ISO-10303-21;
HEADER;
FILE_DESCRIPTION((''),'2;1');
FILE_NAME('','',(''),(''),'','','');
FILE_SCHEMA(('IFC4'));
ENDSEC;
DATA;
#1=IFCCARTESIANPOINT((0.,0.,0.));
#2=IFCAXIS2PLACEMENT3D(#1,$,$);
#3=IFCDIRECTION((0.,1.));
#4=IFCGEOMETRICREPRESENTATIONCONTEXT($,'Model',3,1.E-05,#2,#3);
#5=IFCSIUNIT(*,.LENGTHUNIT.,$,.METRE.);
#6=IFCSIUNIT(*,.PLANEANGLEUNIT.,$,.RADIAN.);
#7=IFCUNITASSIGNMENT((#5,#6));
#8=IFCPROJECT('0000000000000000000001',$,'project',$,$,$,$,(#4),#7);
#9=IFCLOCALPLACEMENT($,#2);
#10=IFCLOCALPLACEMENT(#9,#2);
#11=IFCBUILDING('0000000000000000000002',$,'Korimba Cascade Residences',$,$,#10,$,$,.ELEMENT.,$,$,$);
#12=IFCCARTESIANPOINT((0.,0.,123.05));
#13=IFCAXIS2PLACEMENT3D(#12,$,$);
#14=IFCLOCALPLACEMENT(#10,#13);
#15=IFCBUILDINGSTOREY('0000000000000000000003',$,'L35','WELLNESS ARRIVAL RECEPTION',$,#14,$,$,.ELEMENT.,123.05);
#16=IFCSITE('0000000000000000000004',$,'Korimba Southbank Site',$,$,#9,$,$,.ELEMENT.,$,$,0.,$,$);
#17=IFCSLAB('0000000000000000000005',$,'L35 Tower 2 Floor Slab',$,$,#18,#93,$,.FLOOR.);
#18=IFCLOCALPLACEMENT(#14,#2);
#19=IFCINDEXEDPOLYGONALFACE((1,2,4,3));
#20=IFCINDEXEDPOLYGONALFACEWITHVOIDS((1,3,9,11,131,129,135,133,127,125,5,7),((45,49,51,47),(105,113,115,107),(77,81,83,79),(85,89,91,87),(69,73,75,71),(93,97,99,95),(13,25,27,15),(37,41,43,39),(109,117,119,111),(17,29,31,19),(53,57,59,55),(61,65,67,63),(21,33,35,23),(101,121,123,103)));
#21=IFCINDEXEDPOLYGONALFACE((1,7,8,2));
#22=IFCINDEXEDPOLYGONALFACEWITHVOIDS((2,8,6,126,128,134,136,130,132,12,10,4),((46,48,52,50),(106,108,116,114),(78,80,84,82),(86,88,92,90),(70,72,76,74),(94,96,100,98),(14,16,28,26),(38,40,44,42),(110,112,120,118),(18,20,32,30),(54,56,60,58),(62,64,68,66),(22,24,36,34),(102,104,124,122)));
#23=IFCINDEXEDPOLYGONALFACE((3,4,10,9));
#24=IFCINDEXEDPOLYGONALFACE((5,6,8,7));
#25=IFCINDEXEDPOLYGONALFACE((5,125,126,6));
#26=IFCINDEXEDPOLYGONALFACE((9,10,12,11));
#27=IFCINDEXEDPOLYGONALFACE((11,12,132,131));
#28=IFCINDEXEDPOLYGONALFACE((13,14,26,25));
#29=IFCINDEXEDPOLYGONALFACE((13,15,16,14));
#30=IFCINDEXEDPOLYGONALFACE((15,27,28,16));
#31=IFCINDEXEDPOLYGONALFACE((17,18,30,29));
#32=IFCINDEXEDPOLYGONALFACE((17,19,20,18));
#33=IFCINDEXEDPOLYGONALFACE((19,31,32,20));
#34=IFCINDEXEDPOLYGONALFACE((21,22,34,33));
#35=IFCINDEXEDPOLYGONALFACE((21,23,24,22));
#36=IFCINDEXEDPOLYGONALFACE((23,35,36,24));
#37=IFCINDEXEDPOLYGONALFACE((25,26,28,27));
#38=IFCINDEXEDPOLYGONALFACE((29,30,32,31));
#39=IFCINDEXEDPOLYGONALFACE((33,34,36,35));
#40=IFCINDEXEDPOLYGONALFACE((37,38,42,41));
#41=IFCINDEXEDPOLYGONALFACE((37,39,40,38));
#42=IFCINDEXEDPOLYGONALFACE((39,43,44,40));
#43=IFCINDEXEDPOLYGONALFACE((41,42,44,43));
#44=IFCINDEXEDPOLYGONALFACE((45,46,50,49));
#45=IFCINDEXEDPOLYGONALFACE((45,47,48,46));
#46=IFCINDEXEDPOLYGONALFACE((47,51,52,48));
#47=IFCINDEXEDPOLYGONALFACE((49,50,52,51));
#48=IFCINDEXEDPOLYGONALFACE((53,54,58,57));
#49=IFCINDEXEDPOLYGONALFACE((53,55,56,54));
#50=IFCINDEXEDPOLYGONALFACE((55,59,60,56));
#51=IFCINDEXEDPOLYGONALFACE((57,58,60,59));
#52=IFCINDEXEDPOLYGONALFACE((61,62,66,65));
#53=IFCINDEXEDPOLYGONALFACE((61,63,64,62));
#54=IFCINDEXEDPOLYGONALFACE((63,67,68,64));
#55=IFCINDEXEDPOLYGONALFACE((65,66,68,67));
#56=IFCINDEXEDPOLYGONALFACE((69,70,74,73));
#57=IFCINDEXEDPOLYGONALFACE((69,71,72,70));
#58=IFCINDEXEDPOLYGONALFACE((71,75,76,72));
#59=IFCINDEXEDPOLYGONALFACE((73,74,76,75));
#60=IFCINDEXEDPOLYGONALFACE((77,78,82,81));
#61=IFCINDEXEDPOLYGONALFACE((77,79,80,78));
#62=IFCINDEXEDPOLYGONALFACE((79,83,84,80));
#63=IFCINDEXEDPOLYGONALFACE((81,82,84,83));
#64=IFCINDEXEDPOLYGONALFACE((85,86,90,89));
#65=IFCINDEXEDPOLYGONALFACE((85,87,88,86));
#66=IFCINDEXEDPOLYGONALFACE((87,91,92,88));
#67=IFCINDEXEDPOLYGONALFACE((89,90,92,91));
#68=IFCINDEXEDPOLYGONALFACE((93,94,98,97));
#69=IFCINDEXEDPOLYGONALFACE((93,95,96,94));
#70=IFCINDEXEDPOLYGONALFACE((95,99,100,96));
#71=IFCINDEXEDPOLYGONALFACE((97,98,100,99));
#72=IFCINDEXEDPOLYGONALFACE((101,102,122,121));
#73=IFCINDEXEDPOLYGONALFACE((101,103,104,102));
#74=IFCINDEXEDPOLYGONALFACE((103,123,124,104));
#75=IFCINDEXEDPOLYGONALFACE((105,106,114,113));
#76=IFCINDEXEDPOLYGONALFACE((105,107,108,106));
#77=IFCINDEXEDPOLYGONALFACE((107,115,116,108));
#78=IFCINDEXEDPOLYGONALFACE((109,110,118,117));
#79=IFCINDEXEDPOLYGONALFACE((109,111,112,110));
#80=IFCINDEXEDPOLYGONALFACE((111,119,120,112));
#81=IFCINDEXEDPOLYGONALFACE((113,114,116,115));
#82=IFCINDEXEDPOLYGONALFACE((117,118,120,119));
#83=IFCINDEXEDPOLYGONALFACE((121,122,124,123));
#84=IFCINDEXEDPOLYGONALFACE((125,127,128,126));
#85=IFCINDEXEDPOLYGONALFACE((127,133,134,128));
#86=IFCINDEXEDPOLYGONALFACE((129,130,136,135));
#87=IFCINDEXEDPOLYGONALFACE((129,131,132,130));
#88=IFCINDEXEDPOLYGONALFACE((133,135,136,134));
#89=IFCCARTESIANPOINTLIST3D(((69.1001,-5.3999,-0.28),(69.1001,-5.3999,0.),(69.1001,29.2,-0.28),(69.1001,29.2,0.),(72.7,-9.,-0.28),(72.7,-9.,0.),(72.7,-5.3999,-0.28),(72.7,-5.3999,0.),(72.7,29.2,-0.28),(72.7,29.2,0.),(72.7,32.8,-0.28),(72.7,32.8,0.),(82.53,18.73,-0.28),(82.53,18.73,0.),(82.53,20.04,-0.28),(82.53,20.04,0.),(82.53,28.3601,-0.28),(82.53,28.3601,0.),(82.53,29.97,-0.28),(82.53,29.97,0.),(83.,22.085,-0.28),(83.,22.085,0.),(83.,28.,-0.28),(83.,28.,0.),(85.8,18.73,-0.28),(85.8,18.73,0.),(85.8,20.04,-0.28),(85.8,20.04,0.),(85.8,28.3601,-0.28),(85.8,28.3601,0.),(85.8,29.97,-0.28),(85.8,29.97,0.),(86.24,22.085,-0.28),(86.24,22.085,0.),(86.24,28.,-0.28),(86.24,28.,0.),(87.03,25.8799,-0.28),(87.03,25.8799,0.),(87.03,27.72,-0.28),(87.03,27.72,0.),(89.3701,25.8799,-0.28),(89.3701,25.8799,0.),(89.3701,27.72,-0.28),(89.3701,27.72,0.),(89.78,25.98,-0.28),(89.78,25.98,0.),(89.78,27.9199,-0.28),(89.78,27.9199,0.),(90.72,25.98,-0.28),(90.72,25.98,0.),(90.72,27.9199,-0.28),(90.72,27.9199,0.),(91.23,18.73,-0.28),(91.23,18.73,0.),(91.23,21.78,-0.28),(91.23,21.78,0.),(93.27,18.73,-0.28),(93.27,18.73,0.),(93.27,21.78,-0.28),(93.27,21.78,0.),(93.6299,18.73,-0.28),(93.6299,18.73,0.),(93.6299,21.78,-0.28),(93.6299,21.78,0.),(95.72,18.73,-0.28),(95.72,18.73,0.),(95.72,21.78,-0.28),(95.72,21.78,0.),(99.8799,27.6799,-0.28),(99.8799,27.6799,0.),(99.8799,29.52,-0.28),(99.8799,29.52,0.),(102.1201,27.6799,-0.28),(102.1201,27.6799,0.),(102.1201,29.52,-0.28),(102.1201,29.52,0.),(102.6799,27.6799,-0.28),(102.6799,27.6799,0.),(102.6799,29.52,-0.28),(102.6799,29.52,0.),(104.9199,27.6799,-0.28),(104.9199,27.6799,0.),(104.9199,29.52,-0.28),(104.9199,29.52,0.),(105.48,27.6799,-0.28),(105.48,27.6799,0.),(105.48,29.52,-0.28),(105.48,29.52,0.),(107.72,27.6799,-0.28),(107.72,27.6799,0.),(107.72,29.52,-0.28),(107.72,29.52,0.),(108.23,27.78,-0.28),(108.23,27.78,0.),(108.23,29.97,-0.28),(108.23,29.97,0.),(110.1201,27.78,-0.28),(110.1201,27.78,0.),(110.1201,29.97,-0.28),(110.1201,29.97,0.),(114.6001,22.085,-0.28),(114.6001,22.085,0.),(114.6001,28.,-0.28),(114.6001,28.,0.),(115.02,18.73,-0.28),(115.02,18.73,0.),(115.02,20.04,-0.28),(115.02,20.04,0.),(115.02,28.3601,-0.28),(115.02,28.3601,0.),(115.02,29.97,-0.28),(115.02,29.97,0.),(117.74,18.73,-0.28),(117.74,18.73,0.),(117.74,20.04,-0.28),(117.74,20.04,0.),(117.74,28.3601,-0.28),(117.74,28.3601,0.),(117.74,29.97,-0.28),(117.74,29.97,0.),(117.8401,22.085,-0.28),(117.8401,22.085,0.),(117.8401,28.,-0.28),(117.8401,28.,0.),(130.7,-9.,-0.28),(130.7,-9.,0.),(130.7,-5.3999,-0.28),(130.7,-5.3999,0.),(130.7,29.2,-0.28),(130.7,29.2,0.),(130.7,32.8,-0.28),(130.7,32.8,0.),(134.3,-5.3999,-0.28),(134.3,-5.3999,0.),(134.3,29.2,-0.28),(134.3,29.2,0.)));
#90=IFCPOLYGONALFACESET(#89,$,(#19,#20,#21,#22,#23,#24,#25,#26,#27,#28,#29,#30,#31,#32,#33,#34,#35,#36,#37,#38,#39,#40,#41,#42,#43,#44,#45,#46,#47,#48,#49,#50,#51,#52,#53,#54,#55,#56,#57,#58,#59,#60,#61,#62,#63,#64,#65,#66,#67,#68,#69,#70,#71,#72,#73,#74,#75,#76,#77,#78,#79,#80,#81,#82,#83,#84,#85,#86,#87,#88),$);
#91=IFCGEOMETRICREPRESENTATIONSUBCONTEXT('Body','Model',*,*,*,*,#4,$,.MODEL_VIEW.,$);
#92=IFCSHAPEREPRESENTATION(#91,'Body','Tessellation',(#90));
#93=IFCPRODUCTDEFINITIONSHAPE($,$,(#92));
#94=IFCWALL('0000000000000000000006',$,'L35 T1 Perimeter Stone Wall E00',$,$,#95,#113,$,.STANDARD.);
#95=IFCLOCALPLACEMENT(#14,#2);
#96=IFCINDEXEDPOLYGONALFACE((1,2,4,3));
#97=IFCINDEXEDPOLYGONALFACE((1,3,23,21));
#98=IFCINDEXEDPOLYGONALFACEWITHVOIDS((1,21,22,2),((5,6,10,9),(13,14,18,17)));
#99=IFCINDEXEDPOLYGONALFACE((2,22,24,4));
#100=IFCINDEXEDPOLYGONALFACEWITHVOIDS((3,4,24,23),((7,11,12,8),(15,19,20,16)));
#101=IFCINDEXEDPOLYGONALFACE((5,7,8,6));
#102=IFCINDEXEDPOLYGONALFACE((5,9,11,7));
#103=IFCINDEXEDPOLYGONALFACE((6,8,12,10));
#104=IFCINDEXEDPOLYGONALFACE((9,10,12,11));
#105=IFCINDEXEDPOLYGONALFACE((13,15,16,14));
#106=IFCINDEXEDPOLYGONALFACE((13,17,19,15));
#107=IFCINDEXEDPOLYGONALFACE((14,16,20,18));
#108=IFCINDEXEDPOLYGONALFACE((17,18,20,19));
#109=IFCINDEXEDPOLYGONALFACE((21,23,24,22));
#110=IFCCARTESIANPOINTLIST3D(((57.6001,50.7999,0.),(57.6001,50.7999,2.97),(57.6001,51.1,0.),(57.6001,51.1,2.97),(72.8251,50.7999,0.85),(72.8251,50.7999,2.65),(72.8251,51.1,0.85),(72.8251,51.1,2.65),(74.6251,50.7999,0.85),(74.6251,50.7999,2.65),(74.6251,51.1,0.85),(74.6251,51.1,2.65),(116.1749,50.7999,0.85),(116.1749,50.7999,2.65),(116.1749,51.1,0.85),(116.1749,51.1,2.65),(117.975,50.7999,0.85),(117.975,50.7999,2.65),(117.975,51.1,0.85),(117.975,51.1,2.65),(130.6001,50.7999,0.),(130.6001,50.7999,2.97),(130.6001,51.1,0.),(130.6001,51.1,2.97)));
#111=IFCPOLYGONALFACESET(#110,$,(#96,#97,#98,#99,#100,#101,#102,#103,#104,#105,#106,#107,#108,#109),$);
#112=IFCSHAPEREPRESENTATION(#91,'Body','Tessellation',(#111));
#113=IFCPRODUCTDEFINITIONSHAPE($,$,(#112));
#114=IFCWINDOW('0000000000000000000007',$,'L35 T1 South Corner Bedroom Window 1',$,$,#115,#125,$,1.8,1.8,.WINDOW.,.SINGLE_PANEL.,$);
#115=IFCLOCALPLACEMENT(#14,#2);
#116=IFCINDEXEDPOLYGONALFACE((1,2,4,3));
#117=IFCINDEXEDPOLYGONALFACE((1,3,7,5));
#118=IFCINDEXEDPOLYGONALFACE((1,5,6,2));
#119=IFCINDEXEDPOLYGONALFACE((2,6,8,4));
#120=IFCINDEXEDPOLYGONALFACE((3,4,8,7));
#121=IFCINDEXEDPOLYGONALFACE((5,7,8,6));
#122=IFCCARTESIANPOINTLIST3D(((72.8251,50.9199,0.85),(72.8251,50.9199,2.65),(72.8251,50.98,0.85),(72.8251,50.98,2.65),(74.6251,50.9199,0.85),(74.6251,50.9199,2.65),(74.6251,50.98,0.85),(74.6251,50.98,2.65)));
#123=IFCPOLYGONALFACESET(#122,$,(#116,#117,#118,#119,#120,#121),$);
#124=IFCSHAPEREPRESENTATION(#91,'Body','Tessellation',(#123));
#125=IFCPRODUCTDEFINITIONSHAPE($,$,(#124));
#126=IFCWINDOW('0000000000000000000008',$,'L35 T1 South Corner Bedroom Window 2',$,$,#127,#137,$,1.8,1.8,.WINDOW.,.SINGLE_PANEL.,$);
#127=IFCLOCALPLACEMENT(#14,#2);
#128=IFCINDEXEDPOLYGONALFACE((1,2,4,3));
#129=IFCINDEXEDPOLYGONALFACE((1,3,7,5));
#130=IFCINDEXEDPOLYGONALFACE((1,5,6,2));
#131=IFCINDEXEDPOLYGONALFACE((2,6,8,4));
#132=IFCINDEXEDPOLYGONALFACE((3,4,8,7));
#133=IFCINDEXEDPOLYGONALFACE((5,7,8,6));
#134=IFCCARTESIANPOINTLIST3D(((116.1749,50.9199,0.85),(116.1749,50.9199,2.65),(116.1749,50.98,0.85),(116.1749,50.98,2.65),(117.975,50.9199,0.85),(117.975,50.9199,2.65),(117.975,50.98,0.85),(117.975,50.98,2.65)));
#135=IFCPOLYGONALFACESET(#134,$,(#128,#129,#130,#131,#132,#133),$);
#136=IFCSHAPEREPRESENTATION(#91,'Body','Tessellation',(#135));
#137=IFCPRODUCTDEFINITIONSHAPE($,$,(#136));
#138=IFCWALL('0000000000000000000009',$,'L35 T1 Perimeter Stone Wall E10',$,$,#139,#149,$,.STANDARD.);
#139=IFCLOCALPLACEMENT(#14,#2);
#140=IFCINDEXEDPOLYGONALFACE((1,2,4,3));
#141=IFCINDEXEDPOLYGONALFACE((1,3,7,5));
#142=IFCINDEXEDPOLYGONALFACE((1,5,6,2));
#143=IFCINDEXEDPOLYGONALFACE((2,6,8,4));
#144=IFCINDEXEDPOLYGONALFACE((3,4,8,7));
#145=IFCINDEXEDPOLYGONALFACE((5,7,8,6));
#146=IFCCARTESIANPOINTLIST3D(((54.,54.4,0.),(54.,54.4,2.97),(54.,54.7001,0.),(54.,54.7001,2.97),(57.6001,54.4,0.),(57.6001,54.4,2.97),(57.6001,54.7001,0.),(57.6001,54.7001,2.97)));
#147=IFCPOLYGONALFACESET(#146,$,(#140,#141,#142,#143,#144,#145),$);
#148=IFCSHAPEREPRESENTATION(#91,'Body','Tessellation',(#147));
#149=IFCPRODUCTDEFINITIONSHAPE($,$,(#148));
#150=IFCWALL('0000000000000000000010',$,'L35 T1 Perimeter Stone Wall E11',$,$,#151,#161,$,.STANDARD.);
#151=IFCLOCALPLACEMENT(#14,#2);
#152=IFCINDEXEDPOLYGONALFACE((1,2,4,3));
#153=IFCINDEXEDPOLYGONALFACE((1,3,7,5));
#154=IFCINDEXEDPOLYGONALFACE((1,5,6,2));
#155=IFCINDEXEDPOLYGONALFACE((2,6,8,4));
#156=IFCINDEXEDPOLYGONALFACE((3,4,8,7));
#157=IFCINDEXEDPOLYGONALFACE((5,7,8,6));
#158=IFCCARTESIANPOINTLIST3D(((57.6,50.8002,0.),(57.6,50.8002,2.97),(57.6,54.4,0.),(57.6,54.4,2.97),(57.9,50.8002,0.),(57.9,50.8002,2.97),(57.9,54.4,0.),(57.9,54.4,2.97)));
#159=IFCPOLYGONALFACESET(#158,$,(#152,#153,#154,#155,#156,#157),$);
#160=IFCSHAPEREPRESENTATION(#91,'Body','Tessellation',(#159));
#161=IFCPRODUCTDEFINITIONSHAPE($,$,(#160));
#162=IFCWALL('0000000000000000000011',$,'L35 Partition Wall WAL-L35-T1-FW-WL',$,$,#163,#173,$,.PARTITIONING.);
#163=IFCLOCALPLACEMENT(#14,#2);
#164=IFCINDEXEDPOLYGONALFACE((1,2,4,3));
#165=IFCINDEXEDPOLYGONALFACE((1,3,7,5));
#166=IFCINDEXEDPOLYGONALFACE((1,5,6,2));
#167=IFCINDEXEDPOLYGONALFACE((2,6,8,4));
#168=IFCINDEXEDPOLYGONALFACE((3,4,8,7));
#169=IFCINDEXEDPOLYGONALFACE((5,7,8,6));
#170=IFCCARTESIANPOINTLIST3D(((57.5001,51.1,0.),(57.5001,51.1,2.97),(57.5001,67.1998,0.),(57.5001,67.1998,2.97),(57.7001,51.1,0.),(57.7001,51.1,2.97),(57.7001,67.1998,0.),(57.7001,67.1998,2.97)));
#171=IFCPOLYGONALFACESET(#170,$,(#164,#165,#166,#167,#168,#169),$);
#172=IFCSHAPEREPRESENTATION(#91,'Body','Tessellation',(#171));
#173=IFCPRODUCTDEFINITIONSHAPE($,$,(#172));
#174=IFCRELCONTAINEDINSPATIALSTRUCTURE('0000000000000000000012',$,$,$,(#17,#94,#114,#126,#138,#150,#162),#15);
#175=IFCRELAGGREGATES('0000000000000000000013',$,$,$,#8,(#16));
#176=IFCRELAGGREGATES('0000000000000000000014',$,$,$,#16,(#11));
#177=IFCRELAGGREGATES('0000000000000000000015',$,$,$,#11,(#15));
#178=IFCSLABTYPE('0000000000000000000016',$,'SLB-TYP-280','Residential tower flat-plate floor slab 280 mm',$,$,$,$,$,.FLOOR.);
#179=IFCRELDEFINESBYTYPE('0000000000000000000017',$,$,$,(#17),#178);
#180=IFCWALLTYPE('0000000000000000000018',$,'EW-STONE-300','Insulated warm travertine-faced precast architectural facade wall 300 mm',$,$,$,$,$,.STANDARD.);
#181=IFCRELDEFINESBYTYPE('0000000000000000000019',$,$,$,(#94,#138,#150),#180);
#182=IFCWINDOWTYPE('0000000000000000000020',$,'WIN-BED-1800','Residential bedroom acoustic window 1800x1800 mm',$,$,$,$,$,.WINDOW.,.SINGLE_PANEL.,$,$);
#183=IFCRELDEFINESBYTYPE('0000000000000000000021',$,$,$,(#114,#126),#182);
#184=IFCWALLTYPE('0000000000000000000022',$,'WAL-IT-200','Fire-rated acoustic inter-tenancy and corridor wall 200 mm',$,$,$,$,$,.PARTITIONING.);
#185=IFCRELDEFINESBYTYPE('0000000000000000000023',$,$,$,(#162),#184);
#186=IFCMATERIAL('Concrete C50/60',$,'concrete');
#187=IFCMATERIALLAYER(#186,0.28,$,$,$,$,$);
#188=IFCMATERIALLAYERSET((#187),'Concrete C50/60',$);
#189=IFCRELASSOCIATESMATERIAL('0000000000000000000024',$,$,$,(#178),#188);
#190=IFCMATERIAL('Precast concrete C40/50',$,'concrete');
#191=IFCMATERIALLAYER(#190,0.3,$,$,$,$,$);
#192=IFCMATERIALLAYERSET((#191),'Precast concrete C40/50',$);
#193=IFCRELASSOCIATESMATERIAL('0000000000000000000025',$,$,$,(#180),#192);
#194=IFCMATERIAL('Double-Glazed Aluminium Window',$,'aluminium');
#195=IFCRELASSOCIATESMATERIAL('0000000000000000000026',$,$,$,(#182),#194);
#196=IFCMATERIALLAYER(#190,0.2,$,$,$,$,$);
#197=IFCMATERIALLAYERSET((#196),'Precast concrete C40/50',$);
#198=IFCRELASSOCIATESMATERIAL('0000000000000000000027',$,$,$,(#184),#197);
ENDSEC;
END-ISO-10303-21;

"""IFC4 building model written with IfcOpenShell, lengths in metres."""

from ifc_helpers import new_model, si_unit, direction, frame, frame_2d, origin, place, context, subcontext, project, spatial, polyline, rectangle, outline, extrude, material, layer, layer_set, type_object, element, fill, save


model = new_model("IFC4")

# Units and contexts
model_context = context("Model", 3, precision=1e-05, world=origin(), true_north=direction((0.0, 1.0)))
body_context = subcontext(model_context, "Body", "Model", "MODEL_VIEW")
ifc_project = project(units=[si_unit("LENGTHUNIT", "METRE"), si_unit("PLANEANGLEUNIT", "RADIAN")], contexts=[model_context])

# Site, building, storey
site_placement = place(None, origin())
site = spatial("IfcSite", under=ifc_project, at=site_placement, Name="Korimba Southbank Site", CompositionType="ELEMENT", RefElevation=0.0)
building_placement = place(site_placement, origin())
building = spatial("IfcBuilding", under=site, at=building_placement, Name="Korimba Cascade Residences", CompositionType="ELEMENT")
storey_placement = place(building_placement, frame((0.0, 0.0, 123.05)))
storey = spatial("IfcBuildingStorey", under=building, at=storey_placement, Name="L35", Description="WELLNESS ARRIVAL RECEPTION", CompositionType="ELEMENT", Elevation=123.05)

# Shared definitions
ifc_material_1 = material(Name="Concrete C50/60", Category="concrete")

# Slab
ifc_material_2 = material(Name="Precast concrete C40/50", Category="concrete")
ifc_layer_1 = layer(ifc_material_1, 0.28)
ifc_layer_set_1 = layer_set([ifc_layer_1], Name="Concrete C50/60")
slab_type_1 = type_object("IfcSlabType", Name="SLB-TYP-280", Description="Residential tower flat-plate floor slab 280 mm", PredefinedType="FLOOR", material=ifc_layer_set_1)
slab_1_placement = place(storey_placement, frame((0.0, 0.0, -0.28)))
element("IfcSlab", 1, at=slab_1_placement, inside=storey, type_object=slab_type_1, Name="L35 Tower 2 Floor Slab", PredefinedType="FLOOR", context=body_context, shape_type="SweptSolid", body=[
    extrude(outline(polyline([(72.7, -9.0), (130.7, -9.0), (130.7, -5.3999), (134.3, -5.3999), (134.3, 29.2), (130.7, 29.2), (130.7, 32.8), (72.7, 32.8), (72.7, 29.2), (69.1001, 29.2), (69.1001, -5.3999), (72.7, -5.3999), (72.7, -9.0)]), holes=[polyline([(86.24, 22.085), (86.24, 28.0), (83.0, 28.0), (83.0, 22.085), (86.24, 22.085)]), polyline([(117.8401, 22.085), (117.8401, 28.0), (114.6001, 28.0), (114.6001, 22.085), (117.8401, 22.085)]), polyline([(87.03, 25.8799), (89.3701, 25.8799), (89.3701, 27.72), (87.03, 27.72), (87.03, 25.8799)]), polyline([(99.8799, 27.6799), (102.1201, 27.6799), (102.1201, 29.52), (99.8799, 29.52), (99.8799, 27.6799)]), polyline([(102.6799, 27.6799), (104.9199, 27.6799), (104.9199, 29.52), (102.6799, 29.52), (102.6799, 27.6799)]), polyline([(105.48, 27.6799), (107.72, 27.6799), (107.72, 29.52), (105.48, 29.52), (105.48, 27.6799)]), polyline([(89.78, 25.98), (90.72, 25.98), (90.72, 27.9199), (89.78, 27.9199), (89.78, 25.98)]), polyline([(82.53, 18.73), (85.8, 18.73), (85.8, 20.04), (82.53, 20.04), (82.53, 18.73)]), polyline([(82.53, 28.3601), (85.8, 28.3601), (85.8, 29.97), (82.53, 29.97), (82.53, 28.3601)]), polyline([(108.23, 27.78), (110.1201, 27.78), (110.1201, 29.97), (108.23, 29.97), (108.23, 27.78)]), polyline([(91.23, 18.73), (93.27, 18.73), (93.27, 21.78), (91.23, 21.78), (91.23, 18.73)]), polyline([(93.6299, 18.73), (95.72, 18.73), (95.72, 21.78), (93.6299, 21.78), (93.6299, 18.73)]), polyline([(115.02, 18.73), (117.74, 18.73), (117.74, 20.04), (115.02, 20.04), (115.02, 18.73)]), polyline([(115.02, 28.3601), (117.74, 28.3601), (117.74, 29.97), (115.02, 29.97), (115.02, 28.3601)])]), origin(), (0.0, 0.0, 1.0), 0.28),
])

# Wall, openings, windows
ifc_layer_2 = layer(ifc_material_2, 0.3)
ifc_layer_set_2 = layer_set([ifc_layer_2], Name="Precast concrete C40/50")
wall_type_1 = type_object("IfcWallType", Name="EW-STONE-300", Description="Insulated warm travertine-faced precast architectural facade wall 300 mm", PredefinedType="STANDARD", material=ifc_layer_set_2)
wall_1_placement = place(storey_placement, frame((57.6001, 50.95, 0.0), z_axis=(0.0, 0.0, 1.0), x_axis=(1.0, 0.0, 0.0)))
wall_1 = element("IfcWall", 2, at=wall_1_placement, inside=storey, type_object=wall_type_1, Name="L35 T1 Perimeter Stone Wall E00", PredefinedType="STANDARD", context=body_context, shape_type="SweptSolid", body=[
    extrude(rectangle(XDim=73.0, YDim=0.3, at=frame_2d((36.5, 0.0))), origin(), (0.0, 0.0, 1.0), 2.97),
])
opening_1_placement = place(wall_1_placement, frame((15.2251, 0.0, 0.8501)))
opening_1 = element("IfcOpeningElement", 3, at=opening_1_placement, cuts=wall_1, PredefinedType="OPENING", context=body_context, shape_type="SweptSolid", body=[
    extrude(rectangle(XDim=1.8, YDim=1.8, at=frame_2d((0.8999, 0.8999))), frame((0.0, 0.1602, 0.0), z_axis=(0.0, -1.0, 0.0), x_axis=(1.0, 0.0, 0.0)), (0.0, 0.0, 1.0), 0.3201),
])
opening_2_placement = place(wall_1_placement, frame((58.575, 0.0, 0.8501)))
opening_2 = element("IfcOpeningElement", 4, at=opening_2_placement, cuts=wall_1, PredefinedType="OPENING", context=body_context, shape_type="SweptSolid", body=[
    extrude(rectangle(XDim=1.8, YDim=1.8, at=frame_2d((0.8999, 0.8999))), frame((0.0, 0.1602, 0.0), z_axis=(0.0, -1.0, 0.0), x_axis=(1.0, 0.0, 0.0)), (0.0, 0.0, 1.0), 0.3201),
])
ifc_material_3 = material(Name="Double-Glazed Aluminium Window", Category="aluminium")
window_type = type_object("IfcWindowType", Name="WIN-BED-1800", Description="Residential bedroom acoustic window 1800x1800 mm", PartitioningType="SINGLE_PANEL", PredefinedType="WINDOW", material=ifc_material_3)
window_1_placement = place(opening_1_placement, origin())
window_1 = element("IfcWindow", 5, at=window_1_placement, inside=storey, type_object=window_type, Name="L35 T1 South Corner Bedroom Window 1", OverallHeight=1.8, OverallWidth=1.8, PartitioningType="SINGLE_PANEL", PredefinedType="WINDOW", context=body_context, shape_type="SweptSolid", body=[
    extrude(rectangle(XDim=1.8, YDim=1.8, at=frame_2d((0.8999, 0.8999))), frame((0.0, 0.03, 0.0), z_axis=(0.0, -1.0, 0.0), x_axis=(1.0, 0.0, 0.0)), (0.0, 0.0, 1.0), 0.0601),
])
fill(opening_1, window_1)
window_2_placement = place(opening_2_placement, origin())
window_2 = element("IfcWindow", 6, at=window_2_placement, inside=storey, type_object=window_type, Name="L35 T1 South Corner Bedroom Window 2", OverallHeight=1.8, OverallWidth=1.8, PartitioningType="SINGLE_PANEL", PredefinedType="WINDOW", context=body_context, shape_type="SweptSolid", body=[
    extrude(rectangle(XDim=1.8, YDim=1.8, at=frame_2d((0.8999, 0.8999))), frame((0.0, 0.03, 0.0), z_axis=(0.0, -1.0, 0.0), x_axis=(1.0, 0.0, 0.0)), (0.0, 0.0, 1.0), 0.0601),
])
fill(opening_2, window_2)

# Walls
wall_2_placement = place(storey_placement, frame((54.0, 54.55, 0.0), z_axis=(0.0, 0.0, 1.0), x_axis=(1.0, 0.0, 0.0)))
element("IfcWall", 7, at=wall_2_placement, inside=storey, type_object=wall_type_1, Name="L35 T1 Perimeter Stone Wall E10", PredefinedType="STANDARD", context=body_context, shape_type="SweptSolid", body=[
    extrude(rectangle(XDim=3.6001, YDim=0.3, at=frame_2d((1.8, 0.0))), origin(), (0.0, 0.0, 1.0), 2.97),
])
wall_3_placement = place(storey_placement, frame((57.75, 54.3999, 0.0), z_axis=(0.0, 0.0, 1.0), x_axis=(0.0, -1.0, 0.0)))
element("IfcWall", 8, at=wall_3_placement, inside=storey, type_object=wall_type_1, Name="L35 T1 Perimeter Stone Wall E11", PredefinedType="STANDARD", context=body_context, shape_type="SweptSolid", body=[
    extrude(rectangle(XDim=3.5999, YDim=0.3, at=frame_2d((1.7998, 0.0))), origin(), (0.0, 0.0, 1.0), 2.97),
])
ifc_layer_3 = layer(ifc_material_2, 0.2)
ifc_layer_set_3 = layer_set([ifc_layer_3], Name="Precast concrete C40/50")
wall_type_2 = type_object("IfcWallType", Name="WAL-IT-200", Description="Fire-rated acoustic inter-tenancy and corridor wall 200 mm", PredefinedType="PARTITIONING", material=ifc_layer_set_3)
wall_4_placement = place(storey_placement, frame((57.6001, 51.1001, 0.0), z_axis=(0.0, 0.0, 1.0), x_axis=(0.0, 1.0, 0.0)))
element("IfcWall", 9, at=wall_4_placement, inside=storey, type_object=wall_type_2, Name="L35 Partition Wall WAL-L35-T1-FW-WL", PredefinedType="PARTITIONING", context=body_context, shape_type="SweptSolid", body=[
    extrude(rectangle(XDim=16.0999, YDim=0.2, at=frame_2d((8.0498, 0.0))), origin(), (0.0, 0.0, 1.0), 2.97),
])

save(model, "model.ifc")
